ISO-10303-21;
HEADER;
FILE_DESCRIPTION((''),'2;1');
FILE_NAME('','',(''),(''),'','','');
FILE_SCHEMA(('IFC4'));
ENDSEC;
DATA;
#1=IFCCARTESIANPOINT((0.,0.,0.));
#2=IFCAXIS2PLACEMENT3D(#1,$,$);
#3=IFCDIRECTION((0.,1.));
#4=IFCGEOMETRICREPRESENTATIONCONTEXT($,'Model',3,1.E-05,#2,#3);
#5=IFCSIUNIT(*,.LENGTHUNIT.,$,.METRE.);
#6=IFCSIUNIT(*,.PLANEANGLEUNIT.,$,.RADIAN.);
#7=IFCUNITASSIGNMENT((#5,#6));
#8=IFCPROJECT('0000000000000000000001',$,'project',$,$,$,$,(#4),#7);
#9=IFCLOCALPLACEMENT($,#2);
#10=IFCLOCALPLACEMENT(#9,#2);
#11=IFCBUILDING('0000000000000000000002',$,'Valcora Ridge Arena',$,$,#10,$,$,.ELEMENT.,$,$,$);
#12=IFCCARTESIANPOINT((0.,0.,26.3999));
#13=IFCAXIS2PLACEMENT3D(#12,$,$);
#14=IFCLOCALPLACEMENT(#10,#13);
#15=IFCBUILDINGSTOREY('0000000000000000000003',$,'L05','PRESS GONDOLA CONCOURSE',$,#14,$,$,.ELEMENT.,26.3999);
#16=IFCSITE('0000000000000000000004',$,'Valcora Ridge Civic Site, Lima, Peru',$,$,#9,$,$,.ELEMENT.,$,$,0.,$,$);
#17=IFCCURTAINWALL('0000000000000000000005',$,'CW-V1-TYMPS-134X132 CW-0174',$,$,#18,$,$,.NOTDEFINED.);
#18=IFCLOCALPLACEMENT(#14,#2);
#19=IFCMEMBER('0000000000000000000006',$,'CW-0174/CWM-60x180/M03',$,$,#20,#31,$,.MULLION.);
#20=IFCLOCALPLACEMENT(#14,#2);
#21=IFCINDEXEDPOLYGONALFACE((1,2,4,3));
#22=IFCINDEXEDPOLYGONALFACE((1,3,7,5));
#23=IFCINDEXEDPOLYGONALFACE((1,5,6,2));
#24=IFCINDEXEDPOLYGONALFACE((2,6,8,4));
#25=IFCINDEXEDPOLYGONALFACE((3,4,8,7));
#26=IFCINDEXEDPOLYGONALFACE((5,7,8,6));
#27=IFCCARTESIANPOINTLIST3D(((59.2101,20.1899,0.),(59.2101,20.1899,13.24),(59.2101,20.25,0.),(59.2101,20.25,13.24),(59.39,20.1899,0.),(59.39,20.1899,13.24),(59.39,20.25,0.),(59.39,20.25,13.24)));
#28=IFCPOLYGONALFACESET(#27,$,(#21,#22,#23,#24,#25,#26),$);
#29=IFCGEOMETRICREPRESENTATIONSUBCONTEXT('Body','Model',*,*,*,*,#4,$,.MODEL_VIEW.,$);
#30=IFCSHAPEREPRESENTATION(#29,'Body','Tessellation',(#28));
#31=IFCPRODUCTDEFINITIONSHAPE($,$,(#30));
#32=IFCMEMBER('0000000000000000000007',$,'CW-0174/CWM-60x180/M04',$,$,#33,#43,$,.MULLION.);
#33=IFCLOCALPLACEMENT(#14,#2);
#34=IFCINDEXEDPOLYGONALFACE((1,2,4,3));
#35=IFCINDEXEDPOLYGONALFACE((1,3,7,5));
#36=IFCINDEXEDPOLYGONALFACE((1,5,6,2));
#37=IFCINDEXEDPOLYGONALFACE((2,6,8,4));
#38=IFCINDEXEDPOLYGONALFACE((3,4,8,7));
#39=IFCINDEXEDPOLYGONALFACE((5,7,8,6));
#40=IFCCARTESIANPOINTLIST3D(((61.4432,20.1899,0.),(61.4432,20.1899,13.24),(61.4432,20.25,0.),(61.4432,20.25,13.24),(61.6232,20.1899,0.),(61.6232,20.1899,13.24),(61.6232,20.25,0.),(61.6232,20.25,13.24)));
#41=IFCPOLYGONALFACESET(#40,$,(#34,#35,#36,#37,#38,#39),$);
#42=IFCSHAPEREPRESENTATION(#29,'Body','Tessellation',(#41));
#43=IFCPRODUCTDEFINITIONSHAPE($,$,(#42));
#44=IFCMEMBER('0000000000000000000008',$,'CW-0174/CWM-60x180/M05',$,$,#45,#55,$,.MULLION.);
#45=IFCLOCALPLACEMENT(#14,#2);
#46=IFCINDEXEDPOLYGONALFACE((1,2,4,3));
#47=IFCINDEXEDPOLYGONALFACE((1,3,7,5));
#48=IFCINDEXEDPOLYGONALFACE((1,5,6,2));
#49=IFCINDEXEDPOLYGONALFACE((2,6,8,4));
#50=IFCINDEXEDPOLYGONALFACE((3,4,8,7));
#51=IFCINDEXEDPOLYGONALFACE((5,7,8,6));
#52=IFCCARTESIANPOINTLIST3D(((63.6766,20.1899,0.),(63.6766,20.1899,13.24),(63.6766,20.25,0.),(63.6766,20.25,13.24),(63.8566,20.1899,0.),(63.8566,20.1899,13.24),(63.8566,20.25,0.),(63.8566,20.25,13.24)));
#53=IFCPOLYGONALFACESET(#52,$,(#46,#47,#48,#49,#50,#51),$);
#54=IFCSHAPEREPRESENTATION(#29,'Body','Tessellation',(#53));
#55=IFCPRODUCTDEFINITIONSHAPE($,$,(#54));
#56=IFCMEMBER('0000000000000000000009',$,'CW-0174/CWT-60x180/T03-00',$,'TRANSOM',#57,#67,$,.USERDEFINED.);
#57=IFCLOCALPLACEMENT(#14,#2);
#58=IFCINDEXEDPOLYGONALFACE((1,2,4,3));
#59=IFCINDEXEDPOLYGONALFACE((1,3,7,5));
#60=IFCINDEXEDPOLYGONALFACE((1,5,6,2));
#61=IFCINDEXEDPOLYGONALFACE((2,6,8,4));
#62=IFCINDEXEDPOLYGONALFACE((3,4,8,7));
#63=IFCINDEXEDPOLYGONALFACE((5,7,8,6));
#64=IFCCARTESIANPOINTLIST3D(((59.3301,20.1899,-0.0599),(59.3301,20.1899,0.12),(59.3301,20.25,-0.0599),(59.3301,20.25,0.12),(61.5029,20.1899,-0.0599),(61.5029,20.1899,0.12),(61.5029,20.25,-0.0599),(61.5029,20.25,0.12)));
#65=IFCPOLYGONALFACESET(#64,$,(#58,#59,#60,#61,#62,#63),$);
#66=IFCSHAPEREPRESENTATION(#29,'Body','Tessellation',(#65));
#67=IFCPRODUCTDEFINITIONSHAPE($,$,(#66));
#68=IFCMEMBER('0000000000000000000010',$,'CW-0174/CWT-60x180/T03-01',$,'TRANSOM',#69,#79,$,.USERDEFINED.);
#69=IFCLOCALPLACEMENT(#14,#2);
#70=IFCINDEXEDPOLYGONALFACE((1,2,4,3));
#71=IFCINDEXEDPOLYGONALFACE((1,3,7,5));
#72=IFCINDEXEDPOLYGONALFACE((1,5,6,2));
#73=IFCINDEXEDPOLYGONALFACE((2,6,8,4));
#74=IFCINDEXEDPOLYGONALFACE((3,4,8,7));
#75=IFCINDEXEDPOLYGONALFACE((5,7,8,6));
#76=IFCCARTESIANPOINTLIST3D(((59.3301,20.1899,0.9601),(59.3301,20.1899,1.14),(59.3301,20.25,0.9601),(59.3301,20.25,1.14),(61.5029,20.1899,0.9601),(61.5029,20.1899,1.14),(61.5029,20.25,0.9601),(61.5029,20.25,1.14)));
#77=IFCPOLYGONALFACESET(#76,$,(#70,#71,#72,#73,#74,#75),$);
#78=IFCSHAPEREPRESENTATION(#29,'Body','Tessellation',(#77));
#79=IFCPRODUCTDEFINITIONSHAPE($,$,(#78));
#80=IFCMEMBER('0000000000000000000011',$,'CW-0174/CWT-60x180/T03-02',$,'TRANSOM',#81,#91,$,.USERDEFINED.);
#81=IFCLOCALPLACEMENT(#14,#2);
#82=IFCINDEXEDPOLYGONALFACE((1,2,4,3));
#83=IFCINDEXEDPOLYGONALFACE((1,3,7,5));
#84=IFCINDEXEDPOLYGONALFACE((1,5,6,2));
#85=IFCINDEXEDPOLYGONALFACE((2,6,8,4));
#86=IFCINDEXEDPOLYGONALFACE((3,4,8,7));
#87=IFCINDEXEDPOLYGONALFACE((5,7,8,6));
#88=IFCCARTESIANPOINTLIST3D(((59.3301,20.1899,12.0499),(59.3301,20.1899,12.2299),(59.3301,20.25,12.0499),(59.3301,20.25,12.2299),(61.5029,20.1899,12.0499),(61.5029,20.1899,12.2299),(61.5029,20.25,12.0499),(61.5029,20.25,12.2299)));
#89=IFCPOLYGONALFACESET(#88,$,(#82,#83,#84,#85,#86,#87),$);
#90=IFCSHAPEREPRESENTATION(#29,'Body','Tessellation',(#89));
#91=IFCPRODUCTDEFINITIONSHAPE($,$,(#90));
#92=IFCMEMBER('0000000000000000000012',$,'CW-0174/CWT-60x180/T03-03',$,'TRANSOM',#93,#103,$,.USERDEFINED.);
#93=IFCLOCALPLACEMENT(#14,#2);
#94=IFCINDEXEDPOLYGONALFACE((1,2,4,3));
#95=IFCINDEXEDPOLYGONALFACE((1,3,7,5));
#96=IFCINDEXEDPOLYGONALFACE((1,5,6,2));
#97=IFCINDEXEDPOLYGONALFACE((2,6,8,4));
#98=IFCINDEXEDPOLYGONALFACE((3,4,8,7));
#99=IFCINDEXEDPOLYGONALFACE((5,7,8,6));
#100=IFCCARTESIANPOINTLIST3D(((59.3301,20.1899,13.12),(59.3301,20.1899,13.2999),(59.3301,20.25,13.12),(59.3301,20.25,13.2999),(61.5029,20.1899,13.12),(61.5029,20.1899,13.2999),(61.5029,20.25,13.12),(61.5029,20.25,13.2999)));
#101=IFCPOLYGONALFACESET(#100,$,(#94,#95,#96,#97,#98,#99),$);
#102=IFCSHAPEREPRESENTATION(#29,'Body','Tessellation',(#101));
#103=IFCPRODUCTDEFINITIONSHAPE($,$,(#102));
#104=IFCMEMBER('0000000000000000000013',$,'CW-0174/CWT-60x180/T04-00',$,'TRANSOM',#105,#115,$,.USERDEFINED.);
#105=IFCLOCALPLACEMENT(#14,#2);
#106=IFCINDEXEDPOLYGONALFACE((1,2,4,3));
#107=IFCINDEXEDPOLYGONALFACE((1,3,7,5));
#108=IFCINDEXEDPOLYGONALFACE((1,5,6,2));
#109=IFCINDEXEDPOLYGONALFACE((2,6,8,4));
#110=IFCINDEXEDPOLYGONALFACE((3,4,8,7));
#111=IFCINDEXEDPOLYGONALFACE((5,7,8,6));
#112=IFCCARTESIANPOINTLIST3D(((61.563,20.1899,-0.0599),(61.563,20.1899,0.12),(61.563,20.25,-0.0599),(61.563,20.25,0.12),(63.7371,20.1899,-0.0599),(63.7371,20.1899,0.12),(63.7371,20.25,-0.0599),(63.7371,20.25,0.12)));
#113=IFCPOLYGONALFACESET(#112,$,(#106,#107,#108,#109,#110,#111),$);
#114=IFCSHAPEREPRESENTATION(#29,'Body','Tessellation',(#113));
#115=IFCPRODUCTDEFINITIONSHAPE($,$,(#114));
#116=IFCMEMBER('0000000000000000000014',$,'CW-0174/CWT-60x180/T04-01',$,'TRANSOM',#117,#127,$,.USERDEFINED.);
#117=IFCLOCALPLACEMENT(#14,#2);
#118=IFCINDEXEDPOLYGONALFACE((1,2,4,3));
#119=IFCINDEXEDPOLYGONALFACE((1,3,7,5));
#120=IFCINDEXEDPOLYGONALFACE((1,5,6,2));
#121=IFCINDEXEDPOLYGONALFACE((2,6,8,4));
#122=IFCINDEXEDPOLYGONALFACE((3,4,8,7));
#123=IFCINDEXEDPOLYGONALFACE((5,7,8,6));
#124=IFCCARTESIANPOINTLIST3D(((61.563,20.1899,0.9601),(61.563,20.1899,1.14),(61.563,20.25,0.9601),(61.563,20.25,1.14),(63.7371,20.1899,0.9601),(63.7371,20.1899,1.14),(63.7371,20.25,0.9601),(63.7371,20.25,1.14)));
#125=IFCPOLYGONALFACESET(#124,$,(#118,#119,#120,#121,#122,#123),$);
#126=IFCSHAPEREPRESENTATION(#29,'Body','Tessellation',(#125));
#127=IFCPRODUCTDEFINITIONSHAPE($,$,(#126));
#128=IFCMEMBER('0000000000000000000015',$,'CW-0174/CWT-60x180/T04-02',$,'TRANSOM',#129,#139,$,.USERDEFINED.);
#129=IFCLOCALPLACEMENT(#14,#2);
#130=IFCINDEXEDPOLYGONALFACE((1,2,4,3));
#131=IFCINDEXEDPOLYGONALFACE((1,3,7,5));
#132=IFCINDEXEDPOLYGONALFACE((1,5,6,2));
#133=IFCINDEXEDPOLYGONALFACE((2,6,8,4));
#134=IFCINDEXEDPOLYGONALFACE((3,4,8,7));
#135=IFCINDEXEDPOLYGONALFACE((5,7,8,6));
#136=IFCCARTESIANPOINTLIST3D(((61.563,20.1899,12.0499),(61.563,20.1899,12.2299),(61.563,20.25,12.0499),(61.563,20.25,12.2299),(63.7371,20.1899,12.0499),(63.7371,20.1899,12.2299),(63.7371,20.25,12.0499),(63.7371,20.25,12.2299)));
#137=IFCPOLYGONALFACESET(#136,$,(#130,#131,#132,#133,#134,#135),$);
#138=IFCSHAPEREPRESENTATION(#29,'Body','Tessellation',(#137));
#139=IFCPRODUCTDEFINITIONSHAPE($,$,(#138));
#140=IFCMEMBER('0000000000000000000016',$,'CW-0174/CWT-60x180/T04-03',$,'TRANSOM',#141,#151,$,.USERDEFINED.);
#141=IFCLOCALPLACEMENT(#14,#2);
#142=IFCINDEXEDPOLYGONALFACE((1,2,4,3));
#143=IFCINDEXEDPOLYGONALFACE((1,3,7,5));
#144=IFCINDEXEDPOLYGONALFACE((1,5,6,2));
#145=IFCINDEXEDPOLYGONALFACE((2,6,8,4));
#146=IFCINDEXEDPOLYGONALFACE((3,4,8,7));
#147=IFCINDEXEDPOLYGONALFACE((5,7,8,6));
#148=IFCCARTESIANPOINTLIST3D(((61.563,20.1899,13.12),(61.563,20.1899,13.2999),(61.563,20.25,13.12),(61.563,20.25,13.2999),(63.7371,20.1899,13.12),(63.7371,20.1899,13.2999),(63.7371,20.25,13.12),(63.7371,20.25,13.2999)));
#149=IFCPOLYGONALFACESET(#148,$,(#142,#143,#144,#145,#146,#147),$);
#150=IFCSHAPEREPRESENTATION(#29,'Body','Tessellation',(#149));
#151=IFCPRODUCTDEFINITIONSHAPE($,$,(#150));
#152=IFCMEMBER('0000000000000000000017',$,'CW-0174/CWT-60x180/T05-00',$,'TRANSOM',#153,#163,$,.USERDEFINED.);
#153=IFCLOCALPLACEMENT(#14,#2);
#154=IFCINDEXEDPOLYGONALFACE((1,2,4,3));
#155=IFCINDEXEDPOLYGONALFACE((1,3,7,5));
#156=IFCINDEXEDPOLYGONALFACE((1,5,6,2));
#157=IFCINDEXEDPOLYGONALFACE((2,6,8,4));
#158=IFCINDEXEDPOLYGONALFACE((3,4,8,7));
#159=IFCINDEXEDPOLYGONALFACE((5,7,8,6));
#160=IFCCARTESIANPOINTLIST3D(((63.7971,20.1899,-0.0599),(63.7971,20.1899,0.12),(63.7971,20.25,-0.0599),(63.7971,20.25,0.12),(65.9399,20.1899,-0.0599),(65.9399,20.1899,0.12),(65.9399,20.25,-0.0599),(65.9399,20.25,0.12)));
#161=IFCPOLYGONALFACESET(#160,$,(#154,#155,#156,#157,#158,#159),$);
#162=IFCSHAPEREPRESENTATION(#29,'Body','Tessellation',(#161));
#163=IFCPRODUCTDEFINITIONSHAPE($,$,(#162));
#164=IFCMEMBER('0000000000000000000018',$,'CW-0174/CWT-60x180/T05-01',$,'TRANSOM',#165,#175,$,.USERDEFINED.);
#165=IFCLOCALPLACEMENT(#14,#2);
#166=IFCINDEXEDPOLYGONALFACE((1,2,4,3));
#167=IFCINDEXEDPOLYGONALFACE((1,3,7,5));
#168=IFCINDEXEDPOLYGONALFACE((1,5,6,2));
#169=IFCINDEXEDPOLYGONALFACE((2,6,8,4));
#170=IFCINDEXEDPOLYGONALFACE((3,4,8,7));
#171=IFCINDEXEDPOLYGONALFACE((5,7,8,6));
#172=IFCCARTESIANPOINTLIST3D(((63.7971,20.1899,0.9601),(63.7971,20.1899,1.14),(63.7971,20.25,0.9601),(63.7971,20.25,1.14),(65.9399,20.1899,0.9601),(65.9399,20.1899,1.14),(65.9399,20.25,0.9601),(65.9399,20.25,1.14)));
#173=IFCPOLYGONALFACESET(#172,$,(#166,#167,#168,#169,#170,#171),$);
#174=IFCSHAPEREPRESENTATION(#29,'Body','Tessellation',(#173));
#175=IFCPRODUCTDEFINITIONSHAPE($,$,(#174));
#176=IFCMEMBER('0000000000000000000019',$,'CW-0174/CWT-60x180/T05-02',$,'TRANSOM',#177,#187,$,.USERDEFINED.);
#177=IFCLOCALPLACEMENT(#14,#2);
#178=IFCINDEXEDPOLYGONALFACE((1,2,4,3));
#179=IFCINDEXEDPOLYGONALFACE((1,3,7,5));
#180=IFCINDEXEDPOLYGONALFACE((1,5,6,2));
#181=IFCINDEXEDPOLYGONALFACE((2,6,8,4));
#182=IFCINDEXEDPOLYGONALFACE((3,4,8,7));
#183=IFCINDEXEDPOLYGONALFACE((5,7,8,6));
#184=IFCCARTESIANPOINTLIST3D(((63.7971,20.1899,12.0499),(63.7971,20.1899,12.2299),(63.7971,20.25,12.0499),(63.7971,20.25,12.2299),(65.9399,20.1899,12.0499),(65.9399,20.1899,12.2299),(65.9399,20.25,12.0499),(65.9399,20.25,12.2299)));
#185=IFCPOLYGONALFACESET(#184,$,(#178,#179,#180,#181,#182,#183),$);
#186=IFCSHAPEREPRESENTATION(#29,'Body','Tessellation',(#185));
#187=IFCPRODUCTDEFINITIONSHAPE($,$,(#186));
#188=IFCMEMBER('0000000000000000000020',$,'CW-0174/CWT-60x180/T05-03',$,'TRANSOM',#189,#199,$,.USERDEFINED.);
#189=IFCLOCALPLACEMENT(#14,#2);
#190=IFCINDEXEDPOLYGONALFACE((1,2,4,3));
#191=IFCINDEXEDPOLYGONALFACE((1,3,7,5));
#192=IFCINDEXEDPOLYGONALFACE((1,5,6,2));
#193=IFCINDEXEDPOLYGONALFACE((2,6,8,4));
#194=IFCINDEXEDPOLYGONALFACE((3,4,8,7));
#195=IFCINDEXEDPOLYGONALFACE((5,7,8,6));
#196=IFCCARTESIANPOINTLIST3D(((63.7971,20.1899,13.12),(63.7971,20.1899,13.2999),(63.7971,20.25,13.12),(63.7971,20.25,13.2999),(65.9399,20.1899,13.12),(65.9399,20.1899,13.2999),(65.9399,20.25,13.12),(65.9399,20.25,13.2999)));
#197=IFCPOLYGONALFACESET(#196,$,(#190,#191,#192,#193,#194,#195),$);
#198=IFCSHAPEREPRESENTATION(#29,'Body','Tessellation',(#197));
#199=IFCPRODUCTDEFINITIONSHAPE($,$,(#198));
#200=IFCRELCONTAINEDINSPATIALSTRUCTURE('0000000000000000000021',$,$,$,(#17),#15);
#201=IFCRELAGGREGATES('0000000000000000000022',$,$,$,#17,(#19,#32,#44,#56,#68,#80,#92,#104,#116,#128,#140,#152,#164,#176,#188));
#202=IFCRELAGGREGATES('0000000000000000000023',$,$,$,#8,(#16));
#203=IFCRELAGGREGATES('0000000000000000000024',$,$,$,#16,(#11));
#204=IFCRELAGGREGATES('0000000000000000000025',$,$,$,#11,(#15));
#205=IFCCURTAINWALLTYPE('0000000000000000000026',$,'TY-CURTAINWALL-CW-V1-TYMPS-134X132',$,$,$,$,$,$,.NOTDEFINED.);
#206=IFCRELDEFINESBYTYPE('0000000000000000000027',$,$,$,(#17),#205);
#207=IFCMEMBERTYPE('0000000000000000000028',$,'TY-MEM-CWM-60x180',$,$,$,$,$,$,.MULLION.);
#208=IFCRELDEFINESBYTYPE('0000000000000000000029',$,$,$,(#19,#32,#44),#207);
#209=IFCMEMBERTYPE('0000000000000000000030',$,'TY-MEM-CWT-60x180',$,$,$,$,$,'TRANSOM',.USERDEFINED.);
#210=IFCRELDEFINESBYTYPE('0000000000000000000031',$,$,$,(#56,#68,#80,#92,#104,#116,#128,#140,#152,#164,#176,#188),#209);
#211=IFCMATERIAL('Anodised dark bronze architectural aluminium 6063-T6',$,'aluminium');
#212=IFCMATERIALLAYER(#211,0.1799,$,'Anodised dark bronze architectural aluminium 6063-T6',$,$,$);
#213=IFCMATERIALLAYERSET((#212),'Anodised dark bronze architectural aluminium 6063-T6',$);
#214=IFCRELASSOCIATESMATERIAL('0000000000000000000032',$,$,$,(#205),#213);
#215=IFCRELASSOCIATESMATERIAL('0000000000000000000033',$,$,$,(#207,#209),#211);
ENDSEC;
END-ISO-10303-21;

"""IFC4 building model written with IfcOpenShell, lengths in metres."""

from ifc_helpers import new_model, si_unit, direction, frame, origin, origin_2d, place, context, subcontext, project, spatial, rectangle, extrude, material, layer, layer_set, material_profile, profile_set, type_object, element, aggregate, save


model = new_model("IFC4")

# Units and contexts
model_context = context("Model", 3, precision=1e-05, world=origin(), true_north=direction((0.0, 1.0)))
body_context = subcontext(model_context, "Body", "Model", "MODEL_VIEW")
ifc_project = project(units=[si_unit("LENGTHUNIT", "METRE"), si_unit("PLANEANGLEUNIT", "RADIAN")], contexts=[model_context])

# Site, building, storey
site_placement = place(None, origin())
site = spatial("IfcSite", under=ifc_project, at=site_placement, Name="Valcora Ridge Civic Site, Lima, Peru", CompositionType="ELEMENT", RefElevation=0.0)
building_placement = place(site_placement, origin())
building = spatial("IfcBuilding", under=site, at=building_placement, Name="Valcora Ridge Arena", CompositionType="ELEMENT")
storey_placement = place(building_placement, frame((0.0, 0.0, 26.3999)))
storey = spatial("IfcBuildingStorey", under=building, at=storey_placement, Name="L05", Description="PRESS GONDOLA CONCOURSE", CompositionType="ELEMENT", Elevation=26.3999)

# Curtain wall, members
ifc_material_1 = material(Name="Anodised dark bronze architectural aluminium 6063-T6", Category="aluminium")
ifc_layer_1 = layer(ifc_material_1, 0.1799, Name="Anodised dark bronze architectural aluminium 6063-T6")
ifc_layer_set_1 = layer_set([ifc_layer_1], Name="Anodised dark bronze architectural aluminium 6063-T6")
curtain_wall_type = type_object("IfcCurtainWallType", Name="TY-CURTAINWALL-CW-V1-TYMPS-134X132", PredefinedType="NOTDEFINED", material=ifc_layer_set_1)
curtain_wall_placement = place(storey_placement, origin())
curtain_wall = element("IfcCurtainWall", 1, at=curtain_wall_placement, inside=storey, type_object=curtain_wall_type, Name="CW-V1-TYMPS-134X132 CW-0174", PredefinedType="NOTDEFINED")
ifc_material_profile_1 = material_profile(ifc_material_1, rectangle(XDim=0.0601, YDim=0.1799, at=origin_2d()), Name="ALU MULLION 60x180")
ifc_profile_set_1 = profile_set([ifc_material_profile_1], Name="Anodised dark bronze architectural aluminium 6063-T6")
member_type_1 = type_object("IfcMemberType", Name="TY-MEM-CWM-60x180", PredefinedType="MULLION", material=ifc_profile_set_1)
member_1_placement = place(storey_placement, frame((59.3, 20.22, 0.0), z_axis=(0.0, 0.0, 1.0), x_axis=(0.0, 1.0, 0.0)))
member_1 = element("IfcMember", 2, at=member_1_placement, type_object=member_type_1, Name="CW-0174/CWM-60x180/M03", PredefinedType="MULLION", context=body_context, shape_type="SweptSolid", body=[
    extrude(rectangle(XDim=0.0601, YDim=0.1799, at=origin_2d()), origin(), (0.0, 0.0, 1.0), 13.24),
])
member_2_placement = place(storey_placement, frame((61.5332, 20.22, 0.0), z_axis=(0.0, 0.0, 1.0), x_axis=(0.0, 1.0, 0.0)))
member_2 = element("IfcMember", 3, at=member_2_placement, type_object=member_type_1, Name="CW-0174/CWM-60x180/M04", PredefinedType="MULLION", context=body_context, shape_type="SweptSolid", body=[
    extrude(rectangle(XDim=0.0601, YDim=0.1799, at=origin_2d()), origin(), (0.0, 0.0, 1.0), 13.24),
])
member_3_placement = place(storey_placement, frame((63.7666, 20.22, 0.0), z_axis=(0.0, 0.0, 1.0), x_axis=(0.0, 1.0, 0.0)))
member_3 = element("IfcMember", 4, at=member_3_placement, type_object=member_type_1, Name="CW-0174/CWM-60x180/M05", PredefinedType="MULLION", context=body_context, shape_type="SweptSolid", body=[
    extrude(rectangle(XDim=0.0601, YDim=0.1799, at=origin_2d()), origin(), (0.0, 0.0, 1.0), 13.24),
])
ifc_material_profile_2 = material_profile(ifc_material_1, rectangle(XDim=0.0601, YDim=0.1799, at=origin_2d()), Name="ALU TRANSOM 60x180")
ifc_profile_set_2 = profile_set([ifc_material_profile_2], Name="Anodised dark bronze architectural aluminium 6063-T6")
member_type_2 = type_object("IfcMemberType", Name="TY-MEM-CWT-60x180", ElementType="TRANSOM", PredefinedType="USERDEFINED", material=ifc_profile_set_2)
member_4_placement = place(storey_placement, frame((59.3301, 20.22, 0.03), z_axis=(1.0, 0.0, 0.0), x_axis=(0.0, 1.0, 0.0)))
member_4 = element("IfcMember", 5, at=member_4_placement, type_object=member_type_2, Name="CW-0174/CWT-60x180/T03-00", ObjectType="TRANSOM", PredefinedType="USERDEFINED", context=body_context, shape_type="SweptSolid", body=[
    extrude(rectangle(XDim=0.0601, YDim=0.1799, at=origin_2d()), origin(), (0.0, 0.0, 1.0), 2.1729),
])
member_5_placement = place(storey_placement, frame((59.3301, 20.22, 1.05), z_axis=(1.0, 0.0, 0.0), x_axis=(0.0, 1.0, 0.0)))
member_5 = element("IfcMember", 6, at=member_5_placement, type_object=member_type_2, Name="CW-0174/CWT-60x180/T03-01", ObjectType="TRANSOM", PredefinedType="USERDEFINED", context=body_context, shape_type="SweptSolid", body=[
    extrude(rectangle(XDim=0.0601, YDim=0.1799, at=origin_2d()), origin(), (0.0, 0.0, 1.0), 2.1729),
])
member_6_placement = place(storey_placement, frame((59.3301, 20.22, 12.1399), z_axis=(1.0, 0.0, 0.0), x_axis=(0.0, 1.0, 0.0)))
member_6 = element("IfcMember", 7, at=member_6_placement, type_object=member_type_2, Name="CW-0174/CWT-60x180/T03-02", ObjectType="TRANSOM", PredefinedType="USERDEFINED", context=body_context, shape_type="SweptSolid", body=[
    extrude(rectangle(XDim=0.0601, YDim=0.1799, at=origin_2d()), origin(), (0.0, 0.0, 1.0), 2.1729),
])
member_7_placement = place(storey_placement, frame((59.3301, 20.22, 13.21), z_axis=(1.0, 0.0, 0.0), x_axis=(0.0, 1.0, 0.0)))
member_7 = element("IfcMember", 8, at=member_7_placement, type_object=member_type_2, Name="CW-0174/CWT-60x180/T03-03", ObjectType="TRANSOM", PredefinedType="USERDEFINED", context=body_context, shape_type="SweptSolid", body=[
    extrude(rectangle(XDim=0.0601, YDim=0.1799, at=origin_2d()), origin(), (0.0, 0.0, 1.0), 2.1729),
])
member_8_placement = place(storey_placement, frame((61.563, 20.22, 0.03), z_axis=(1.0, 0.0, 0.0), x_axis=(0.0, 1.0, 0.0)))
member_8 = element("IfcMember", 9, at=member_8_placement, type_object=member_type_2, Name="CW-0174/CWT-60x180/T04-00", ObjectType="TRANSOM", PredefinedType="USERDEFINED", context=body_context, shape_type="SweptSolid", body=[
    extrude(rectangle(XDim=0.0601, YDim=0.1799, at=origin_2d()), origin(), (0.0, 0.0, 1.0), 2.1741),
])
member_9_placement = place(storey_placement, frame((61.563, 20.22, 1.05), z_axis=(1.0, 0.0, 0.0), x_axis=(0.0, 1.0, 0.0)))
member_9 = element("IfcMember", 10, at=member_9_placement, type_object=member_type_2, Name="CW-0174/CWT-60x180/T04-01", ObjectType="TRANSOM", PredefinedType="USERDEFINED", context=body_context, shape_type="SweptSolid", body=[
    extrude(rectangle(XDim=0.0601, YDim=0.1799, at=origin_2d()), origin(), (0.0, 0.0, 1.0), 2.1741),
])
member_10_placement = place(storey_placement, frame((61.563, 20.22, 12.1399), z_axis=(1.0, 0.0, 0.0), x_axis=(0.0, 1.0, 0.0)))
member_10 = element("IfcMember", 11, at=member_10_placement, type_object=member_type_2, Name="CW-0174/CWT-60x180/T04-02", ObjectType="TRANSOM", PredefinedType="USERDEFINED", context=body_context, shape_type="SweptSolid", body=[
    extrude(rectangle(XDim=0.0601, YDim=0.1799, at=origin_2d()), origin(), (0.0, 0.0, 1.0), 2.1741),
])
member_11_placement = place(storey_placement, frame((61.563, 20.22, 13.21), z_axis=(1.0, 0.0, 0.0), x_axis=(0.0, 1.0, 0.0)))
member_11 = element("IfcMember", 12, at=member_11_placement, type_object=member_type_2, Name="CW-0174/CWT-60x180/T04-03", ObjectType="TRANSOM", PredefinedType="USERDEFINED", context=body_context, shape_type="SweptSolid", body=[
    extrude(rectangle(XDim=0.0601, YDim=0.1799, at=origin_2d()), origin(), (0.0, 0.0, 1.0), 2.1741),
])
member_12_placement = place(storey_placement, frame((63.7971, 20.22, 0.03), z_axis=(1.0, 0.0, 0.0), x_axis=(0.0, 1.0, 0.0)))
member_12 = element("IfcMember", 13, at=member_12_placement, type_object=member_type_2, Name="CW-0174/CWT-60x180/T05-00", ObjectType="TRANSOM", PredefinedType="USERDEFINED", context=body_context, shape_type="SweptSolid", body=[
    extrude(rectangle(XDim=0.0601, YDim=0.1799, at=origin_2d()), origin(), (0.0, 0.0, 1.0), 2.1428),
])
member_13_placement = place(storey_placement, frame((63.7971, 20.22, 1.05), z_axis=(1.0, 0.0, 0.0), x_axis=(0.0, 1.0, 0.0)))
member_13 = element("IfcMember", 14, at=member_13_placement, type_object=member_type_2, Name="CW-0174/CWT-60x180/T05-01", ObjectType="TRANSOM", PredefinedType="USERDEFINED", context=body_context, shape_type="SweptSolid", body=[
    extrude(rectangle(XDim=0.0601, YDim=0.1799, at=origin_2d()), origin(), (0.0, 0.0, 1.0), 2.1428),
])
member_14_placement = place(storey_placement, frame((63.7971, 20.22, 12.1399), z_axis=(1.0, 0.0, 0.0), x_axis=(0.0, 1.0, 0.0)))
member_14 = element("IfcMember", 15, at=member_14_placement, type_object=member_type_2, Name="CW-0174/CWT-60x180/T05-02", ObjectType="TRANSOM", PredefinedType="USERDEFINED", context=body_context, shape_type="SweptSolid", body=[
    extrude(rectangle(XDim=0.0601, YDim=0.1799, at=origin_2d()), origin(), (0.0, 0.0, 1.0), 2.1428),
])
member_15_placement = place(storey_placement, frame((63.7971, 20.22, 13.21), z_axis=(1.0, 0.0, 0.0), x_axis=(0.0, 1.0, 0.0)))
member_15 = element("IfcMember", 16, at=member_15_placement, type_object=member_type_2, Name="CW-0174/CWT-60x180/T05-03", ObjectType="TRANSOM", PredefinedType="USERDEFINED", context=body_context, shape_type="SweptSolid", body=[
    extrude(rectangle(XDim=0.0601, YDim=0.1799, at=origin_2d()), origin(), (0.0, 0.0, 1.0), 2.1428),
])
aggregate(curtain_wall, [member_1, member_2, member_3, member_4, member_5, member_6, member_7, member_8, member_9, member_10, member_11, member_12, member_13, member_14, member_15])

save(model, "model.ifc")
